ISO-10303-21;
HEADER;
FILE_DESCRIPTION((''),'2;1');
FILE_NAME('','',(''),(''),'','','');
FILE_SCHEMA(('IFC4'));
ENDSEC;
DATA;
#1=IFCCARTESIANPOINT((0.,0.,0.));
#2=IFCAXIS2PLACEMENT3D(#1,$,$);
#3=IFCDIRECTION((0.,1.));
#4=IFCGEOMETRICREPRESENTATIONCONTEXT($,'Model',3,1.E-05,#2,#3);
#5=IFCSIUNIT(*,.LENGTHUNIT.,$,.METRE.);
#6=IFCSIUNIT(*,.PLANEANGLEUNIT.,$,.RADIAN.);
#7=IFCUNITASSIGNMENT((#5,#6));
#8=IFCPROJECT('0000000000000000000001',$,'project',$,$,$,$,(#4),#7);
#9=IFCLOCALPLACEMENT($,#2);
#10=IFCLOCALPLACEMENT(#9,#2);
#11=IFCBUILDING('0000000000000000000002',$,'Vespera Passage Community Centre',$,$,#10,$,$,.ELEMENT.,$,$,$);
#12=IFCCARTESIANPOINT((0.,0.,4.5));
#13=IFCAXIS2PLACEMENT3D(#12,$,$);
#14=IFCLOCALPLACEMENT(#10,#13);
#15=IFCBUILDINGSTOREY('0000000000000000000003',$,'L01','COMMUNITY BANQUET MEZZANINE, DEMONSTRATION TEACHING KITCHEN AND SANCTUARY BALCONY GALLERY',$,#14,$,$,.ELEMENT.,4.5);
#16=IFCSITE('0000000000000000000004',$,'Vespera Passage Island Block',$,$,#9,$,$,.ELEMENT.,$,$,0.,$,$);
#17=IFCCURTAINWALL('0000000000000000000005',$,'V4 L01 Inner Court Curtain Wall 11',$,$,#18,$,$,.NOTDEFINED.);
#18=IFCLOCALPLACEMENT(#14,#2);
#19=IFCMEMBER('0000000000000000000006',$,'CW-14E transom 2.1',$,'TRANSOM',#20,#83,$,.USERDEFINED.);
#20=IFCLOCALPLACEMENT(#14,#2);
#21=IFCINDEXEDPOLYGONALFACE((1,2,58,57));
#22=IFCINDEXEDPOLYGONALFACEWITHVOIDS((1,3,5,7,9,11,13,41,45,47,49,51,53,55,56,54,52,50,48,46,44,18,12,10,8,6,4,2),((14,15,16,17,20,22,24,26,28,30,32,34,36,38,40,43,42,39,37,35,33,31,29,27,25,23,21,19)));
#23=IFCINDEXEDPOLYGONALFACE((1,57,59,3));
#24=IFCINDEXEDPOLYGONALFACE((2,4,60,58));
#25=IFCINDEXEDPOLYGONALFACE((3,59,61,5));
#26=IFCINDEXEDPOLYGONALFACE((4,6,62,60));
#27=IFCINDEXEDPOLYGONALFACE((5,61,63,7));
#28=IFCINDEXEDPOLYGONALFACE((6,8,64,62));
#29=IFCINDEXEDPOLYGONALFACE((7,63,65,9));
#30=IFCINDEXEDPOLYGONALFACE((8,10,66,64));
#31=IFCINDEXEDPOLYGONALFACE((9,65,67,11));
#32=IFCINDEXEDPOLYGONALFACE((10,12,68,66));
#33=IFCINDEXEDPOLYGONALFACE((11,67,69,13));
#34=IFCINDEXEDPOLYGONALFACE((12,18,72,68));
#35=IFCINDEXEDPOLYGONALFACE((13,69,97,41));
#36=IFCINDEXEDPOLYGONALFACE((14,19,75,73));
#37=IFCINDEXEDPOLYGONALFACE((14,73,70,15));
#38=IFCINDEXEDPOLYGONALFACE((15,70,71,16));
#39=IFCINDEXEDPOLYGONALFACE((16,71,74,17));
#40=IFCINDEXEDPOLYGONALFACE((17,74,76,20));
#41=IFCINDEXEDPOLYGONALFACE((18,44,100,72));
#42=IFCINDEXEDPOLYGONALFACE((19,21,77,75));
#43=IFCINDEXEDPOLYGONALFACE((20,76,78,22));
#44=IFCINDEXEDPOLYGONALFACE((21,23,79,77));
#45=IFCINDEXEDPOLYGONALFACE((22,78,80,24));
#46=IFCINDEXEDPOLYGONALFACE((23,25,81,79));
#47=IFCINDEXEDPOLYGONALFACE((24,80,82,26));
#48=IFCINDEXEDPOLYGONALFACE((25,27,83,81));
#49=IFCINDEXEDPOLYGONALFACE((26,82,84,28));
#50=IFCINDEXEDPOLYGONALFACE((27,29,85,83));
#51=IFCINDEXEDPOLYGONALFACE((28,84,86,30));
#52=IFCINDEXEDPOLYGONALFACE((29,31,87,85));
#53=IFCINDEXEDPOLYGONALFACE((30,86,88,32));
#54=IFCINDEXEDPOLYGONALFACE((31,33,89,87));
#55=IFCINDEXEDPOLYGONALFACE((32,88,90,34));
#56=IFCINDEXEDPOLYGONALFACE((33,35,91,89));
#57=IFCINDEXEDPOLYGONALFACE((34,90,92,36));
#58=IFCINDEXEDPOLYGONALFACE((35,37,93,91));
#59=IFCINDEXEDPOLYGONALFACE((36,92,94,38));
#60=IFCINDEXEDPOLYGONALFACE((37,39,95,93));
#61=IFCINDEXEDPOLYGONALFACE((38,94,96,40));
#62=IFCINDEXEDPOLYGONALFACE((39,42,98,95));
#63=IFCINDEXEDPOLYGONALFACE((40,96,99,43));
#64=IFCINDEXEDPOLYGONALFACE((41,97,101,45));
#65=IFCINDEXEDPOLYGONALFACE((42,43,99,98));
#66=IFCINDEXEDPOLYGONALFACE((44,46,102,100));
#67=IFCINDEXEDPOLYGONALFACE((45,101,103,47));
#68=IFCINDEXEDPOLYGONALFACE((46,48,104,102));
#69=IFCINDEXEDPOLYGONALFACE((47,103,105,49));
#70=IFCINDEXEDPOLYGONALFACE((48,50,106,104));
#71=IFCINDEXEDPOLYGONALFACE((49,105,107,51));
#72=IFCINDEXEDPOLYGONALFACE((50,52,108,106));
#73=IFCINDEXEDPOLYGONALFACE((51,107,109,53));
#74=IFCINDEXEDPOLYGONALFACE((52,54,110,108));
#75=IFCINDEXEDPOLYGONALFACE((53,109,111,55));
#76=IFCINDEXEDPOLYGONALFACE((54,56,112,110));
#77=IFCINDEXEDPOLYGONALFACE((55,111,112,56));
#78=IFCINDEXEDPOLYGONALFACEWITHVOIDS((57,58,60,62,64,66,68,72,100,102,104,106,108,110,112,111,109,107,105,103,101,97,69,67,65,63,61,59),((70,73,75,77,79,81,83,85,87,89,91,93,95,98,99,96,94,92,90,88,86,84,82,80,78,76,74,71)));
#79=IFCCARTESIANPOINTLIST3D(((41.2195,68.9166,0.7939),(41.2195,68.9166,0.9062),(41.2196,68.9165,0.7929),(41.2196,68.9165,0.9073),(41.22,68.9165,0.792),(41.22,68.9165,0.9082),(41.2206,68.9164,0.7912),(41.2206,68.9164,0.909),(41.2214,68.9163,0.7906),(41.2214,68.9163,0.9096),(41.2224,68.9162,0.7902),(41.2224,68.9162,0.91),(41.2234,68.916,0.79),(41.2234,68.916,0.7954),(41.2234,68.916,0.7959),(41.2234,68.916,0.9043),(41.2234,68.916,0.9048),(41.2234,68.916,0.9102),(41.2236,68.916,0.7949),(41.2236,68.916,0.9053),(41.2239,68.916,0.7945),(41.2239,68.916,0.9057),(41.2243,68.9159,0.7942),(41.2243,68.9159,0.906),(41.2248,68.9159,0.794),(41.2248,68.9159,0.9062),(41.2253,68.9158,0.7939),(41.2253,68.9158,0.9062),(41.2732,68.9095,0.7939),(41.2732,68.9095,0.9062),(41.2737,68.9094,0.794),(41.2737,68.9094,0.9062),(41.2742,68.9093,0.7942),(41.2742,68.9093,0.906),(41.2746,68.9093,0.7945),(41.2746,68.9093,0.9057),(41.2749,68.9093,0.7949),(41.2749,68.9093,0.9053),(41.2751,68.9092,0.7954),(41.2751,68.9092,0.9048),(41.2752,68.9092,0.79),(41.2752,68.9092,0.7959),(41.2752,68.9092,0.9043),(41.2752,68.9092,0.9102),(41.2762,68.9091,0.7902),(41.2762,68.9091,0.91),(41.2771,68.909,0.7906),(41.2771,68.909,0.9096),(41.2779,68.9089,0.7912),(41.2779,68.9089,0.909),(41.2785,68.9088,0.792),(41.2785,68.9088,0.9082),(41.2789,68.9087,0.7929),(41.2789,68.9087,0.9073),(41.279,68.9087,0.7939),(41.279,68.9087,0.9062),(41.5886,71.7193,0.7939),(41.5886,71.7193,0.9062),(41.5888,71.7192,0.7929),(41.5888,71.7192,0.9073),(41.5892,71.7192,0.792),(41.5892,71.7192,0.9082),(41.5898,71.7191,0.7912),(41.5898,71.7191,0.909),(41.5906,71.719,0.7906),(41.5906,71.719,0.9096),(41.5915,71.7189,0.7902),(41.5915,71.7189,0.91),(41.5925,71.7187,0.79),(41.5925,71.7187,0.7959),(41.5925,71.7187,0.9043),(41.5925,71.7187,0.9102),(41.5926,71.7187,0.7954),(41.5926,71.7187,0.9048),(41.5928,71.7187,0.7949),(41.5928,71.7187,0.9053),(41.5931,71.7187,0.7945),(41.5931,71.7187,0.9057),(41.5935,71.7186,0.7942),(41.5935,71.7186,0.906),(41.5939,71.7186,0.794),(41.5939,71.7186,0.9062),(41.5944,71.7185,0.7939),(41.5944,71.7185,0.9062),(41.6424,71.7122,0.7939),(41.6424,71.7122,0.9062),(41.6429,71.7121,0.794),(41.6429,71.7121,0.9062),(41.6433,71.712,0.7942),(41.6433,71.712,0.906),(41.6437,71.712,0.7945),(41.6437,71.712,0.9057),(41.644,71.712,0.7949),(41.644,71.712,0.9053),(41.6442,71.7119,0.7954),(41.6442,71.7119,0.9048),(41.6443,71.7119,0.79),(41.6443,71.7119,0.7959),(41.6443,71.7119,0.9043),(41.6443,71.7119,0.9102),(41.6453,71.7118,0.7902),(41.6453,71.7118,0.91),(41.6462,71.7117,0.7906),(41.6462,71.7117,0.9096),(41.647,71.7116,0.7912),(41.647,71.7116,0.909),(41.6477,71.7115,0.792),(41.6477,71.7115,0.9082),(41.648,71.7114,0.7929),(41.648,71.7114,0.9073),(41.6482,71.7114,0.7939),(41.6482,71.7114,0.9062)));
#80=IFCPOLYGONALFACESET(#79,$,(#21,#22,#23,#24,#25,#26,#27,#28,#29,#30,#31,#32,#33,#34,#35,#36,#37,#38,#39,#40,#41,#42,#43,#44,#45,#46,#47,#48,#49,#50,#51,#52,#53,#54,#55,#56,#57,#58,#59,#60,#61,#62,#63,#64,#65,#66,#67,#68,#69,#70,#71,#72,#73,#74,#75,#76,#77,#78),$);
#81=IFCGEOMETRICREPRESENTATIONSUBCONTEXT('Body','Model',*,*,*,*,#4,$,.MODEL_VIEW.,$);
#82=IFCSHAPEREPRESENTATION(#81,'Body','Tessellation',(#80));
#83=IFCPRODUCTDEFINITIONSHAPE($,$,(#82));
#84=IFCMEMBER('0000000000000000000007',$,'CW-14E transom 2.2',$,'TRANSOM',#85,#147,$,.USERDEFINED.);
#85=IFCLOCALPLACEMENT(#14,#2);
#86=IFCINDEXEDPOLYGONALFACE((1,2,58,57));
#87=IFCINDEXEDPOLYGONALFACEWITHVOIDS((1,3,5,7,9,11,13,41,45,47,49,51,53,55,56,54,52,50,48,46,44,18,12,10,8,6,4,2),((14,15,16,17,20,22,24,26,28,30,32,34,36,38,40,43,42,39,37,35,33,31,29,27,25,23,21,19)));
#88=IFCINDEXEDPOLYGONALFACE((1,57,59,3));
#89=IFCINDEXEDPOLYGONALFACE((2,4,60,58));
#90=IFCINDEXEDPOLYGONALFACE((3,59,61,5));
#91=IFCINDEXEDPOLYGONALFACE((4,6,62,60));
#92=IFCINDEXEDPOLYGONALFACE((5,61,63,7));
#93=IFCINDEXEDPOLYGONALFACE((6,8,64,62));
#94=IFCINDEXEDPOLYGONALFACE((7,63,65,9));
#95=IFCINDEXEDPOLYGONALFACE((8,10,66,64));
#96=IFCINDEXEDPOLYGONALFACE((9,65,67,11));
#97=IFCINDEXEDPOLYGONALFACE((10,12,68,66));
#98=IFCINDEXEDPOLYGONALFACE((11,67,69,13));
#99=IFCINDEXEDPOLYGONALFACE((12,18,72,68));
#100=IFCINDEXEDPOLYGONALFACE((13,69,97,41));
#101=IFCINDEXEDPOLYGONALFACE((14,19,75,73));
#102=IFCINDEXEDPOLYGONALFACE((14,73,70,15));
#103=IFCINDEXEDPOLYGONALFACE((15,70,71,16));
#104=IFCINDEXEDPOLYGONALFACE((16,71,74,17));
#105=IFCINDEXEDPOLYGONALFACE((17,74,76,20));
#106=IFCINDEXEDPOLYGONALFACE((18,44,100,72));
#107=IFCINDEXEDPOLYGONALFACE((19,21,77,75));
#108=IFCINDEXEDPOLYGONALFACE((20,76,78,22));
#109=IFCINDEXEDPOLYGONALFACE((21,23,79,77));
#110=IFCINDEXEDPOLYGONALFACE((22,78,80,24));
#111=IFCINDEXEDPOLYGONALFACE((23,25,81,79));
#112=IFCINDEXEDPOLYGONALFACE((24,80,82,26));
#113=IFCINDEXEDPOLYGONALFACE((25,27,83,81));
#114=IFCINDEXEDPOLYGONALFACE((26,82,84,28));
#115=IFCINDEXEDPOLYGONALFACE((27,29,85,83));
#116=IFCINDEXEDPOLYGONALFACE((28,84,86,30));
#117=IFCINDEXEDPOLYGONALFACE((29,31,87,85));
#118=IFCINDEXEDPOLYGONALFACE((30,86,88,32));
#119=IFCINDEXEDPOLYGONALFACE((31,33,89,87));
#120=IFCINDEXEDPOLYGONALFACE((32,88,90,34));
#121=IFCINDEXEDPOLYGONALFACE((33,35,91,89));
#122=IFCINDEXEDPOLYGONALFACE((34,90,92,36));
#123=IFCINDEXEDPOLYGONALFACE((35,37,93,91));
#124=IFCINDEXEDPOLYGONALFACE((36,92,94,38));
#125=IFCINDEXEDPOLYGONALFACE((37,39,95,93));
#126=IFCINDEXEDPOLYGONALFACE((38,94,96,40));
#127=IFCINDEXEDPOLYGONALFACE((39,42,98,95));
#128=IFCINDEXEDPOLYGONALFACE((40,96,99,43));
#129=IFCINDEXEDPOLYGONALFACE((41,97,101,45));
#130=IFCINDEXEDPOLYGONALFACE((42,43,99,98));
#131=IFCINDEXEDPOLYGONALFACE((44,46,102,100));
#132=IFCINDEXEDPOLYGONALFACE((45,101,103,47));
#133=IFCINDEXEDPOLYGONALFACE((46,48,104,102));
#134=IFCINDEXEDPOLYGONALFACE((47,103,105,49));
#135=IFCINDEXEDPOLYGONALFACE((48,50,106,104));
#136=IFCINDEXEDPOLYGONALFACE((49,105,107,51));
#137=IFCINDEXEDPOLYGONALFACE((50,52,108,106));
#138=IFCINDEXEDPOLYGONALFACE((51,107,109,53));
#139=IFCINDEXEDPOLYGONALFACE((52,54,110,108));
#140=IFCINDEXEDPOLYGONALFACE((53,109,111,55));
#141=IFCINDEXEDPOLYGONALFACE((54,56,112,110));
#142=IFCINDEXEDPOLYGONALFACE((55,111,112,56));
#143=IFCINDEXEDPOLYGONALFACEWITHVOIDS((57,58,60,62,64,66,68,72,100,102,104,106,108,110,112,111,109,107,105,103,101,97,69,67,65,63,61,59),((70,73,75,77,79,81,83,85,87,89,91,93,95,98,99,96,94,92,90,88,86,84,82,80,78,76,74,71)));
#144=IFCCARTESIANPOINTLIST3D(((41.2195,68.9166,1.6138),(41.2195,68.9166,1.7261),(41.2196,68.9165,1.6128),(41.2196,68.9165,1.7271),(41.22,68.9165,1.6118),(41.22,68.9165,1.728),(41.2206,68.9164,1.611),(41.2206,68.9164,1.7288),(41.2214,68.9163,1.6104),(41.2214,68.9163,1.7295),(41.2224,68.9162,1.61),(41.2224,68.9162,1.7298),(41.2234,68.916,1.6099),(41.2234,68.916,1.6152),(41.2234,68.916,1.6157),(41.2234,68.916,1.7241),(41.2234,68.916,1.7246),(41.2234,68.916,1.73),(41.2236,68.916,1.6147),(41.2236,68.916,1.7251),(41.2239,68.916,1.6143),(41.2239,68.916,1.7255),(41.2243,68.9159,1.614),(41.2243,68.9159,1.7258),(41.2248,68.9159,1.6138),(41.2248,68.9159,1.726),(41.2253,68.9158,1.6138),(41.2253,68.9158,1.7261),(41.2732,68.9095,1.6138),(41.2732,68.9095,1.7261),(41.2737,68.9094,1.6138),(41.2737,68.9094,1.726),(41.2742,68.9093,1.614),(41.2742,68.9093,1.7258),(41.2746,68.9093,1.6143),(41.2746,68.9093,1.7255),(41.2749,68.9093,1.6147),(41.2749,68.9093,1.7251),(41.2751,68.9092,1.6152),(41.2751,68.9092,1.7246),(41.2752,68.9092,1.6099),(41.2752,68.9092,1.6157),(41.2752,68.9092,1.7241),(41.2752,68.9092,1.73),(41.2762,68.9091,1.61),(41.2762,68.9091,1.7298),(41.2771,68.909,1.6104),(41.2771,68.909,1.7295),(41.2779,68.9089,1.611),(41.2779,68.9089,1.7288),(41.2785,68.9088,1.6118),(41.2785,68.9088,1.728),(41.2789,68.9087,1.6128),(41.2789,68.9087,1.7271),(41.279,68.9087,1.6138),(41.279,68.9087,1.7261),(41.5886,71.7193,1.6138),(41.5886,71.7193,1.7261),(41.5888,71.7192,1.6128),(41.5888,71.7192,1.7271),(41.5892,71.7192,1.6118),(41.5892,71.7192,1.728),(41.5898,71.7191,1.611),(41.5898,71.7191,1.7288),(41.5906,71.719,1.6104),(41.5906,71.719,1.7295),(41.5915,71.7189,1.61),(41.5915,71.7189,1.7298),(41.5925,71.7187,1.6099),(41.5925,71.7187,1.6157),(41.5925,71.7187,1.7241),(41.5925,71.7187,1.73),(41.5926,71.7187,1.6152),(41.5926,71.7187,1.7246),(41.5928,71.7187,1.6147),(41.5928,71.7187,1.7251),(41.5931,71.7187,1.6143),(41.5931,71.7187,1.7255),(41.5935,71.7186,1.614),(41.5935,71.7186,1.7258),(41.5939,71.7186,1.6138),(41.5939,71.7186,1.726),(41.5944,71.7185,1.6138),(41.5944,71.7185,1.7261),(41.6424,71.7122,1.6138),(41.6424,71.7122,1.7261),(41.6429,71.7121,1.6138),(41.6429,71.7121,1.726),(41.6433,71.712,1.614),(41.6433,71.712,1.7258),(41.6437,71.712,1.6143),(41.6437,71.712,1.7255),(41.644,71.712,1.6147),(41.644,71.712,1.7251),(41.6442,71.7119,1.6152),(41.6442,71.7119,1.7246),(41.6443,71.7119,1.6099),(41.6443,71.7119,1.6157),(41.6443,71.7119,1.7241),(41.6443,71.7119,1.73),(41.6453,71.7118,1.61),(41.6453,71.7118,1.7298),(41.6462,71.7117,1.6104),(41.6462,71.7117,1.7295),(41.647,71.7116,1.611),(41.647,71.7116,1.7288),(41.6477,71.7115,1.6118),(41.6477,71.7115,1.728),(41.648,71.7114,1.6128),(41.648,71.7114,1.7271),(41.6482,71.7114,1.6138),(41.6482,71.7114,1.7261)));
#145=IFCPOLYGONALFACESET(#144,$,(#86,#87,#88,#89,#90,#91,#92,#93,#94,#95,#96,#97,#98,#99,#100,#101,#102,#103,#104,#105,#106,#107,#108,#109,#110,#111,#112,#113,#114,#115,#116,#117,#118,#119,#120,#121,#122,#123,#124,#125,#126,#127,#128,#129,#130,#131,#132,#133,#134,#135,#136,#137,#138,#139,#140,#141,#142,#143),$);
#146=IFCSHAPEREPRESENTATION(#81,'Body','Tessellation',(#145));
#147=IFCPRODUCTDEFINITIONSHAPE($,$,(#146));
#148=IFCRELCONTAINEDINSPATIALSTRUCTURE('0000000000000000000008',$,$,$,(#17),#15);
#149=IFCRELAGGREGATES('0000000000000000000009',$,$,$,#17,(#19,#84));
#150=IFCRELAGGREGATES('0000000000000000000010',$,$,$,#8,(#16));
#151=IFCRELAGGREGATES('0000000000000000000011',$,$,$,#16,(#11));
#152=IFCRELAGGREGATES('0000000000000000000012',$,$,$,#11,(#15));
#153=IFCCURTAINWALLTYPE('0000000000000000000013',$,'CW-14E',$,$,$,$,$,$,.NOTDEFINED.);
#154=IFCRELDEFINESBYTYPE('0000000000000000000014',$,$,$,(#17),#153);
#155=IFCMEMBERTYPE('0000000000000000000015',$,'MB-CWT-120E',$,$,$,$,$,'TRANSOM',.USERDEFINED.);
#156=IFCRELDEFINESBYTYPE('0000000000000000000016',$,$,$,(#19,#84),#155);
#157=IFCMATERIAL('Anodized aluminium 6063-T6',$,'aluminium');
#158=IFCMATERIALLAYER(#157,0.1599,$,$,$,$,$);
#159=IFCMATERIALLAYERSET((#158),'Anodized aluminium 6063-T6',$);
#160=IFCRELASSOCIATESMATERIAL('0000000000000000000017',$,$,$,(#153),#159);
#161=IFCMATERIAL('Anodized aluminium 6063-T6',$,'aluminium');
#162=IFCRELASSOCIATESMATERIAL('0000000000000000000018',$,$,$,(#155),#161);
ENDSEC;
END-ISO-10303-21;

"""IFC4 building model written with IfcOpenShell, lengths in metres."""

from ifc_helpers import new_model, si_unit, direction, frame, origin, origin_2d, place, context, subcontext, project, spatial, hollow_rectangle, extrude, material, layer, layer_set, material_profile, profile_set, type_object, element, aggregate, save


model = new_model("IFC4")

# Units and contexts
model_context = context("Model", 3, precision=1e-05, world=origin(), true_north=direction((0.0, 1.0)))
body_context = subcontext(model_context, "Body", "Model", "MODEL_VIEW")
ifc_project = project(units=[si_unit("LENGTHUNIT", "METRE"), si_unit("PLANEANGLEUNIT", "RADIAN")], contexts=[model_context])

# Site, building, storey
site_placement = place(None, origin())
site = spatial("IfcSite", under=ifc_project, at=site_placement, Name="Vespera Passage Island Block", CompositionType="ELEMENT", RefElevation=0.0)
building_placement = place(site_placement, origin())
building = spatial("IfcBuilding", under=site, at=building_placement, Name="Vespera Passage Community Centre", CompositionType="ELEMENT")
storey_placement = place(building_placement, frame((0.0, 0.0, 4.5)))
storey = spatial("IfcBuildingStorey", under=building, at=storey_placement, Name="L01", Description="COMMUNITY BANQUET MEZZANINE, DEMONSTRATION TEACHING KITCHEN AND SANCTUARY BALCONY GALLERY", CompositionType="ELEMENT", Elevation=4.5)

# Curtain wall
ifc_material_1 = material(Name="Anodized aluminium 6063-T6", Category="aluminium")
ifc_layer_1 = layer(ifc_material_1, 0.1599)
ifc_layer_set_1 = layer_set([ifc_layer_1], Name="Anodized aluminium 6063-T6")
curtain_wall_type_1 = type_object("IfcCurtainWallType", Name="CW-14E", PredefinedType="NOTDEFINED", material=ifc_layer_set_1)
curtain_wall_1_placement = place(storey_placement, origin())
curtain_wall_1 = element("IfcCurtainWall", 1, at=curtain_wall_1_placement, inside=storey, type_object=curtain_wall_type_1, Name="V4 L01 Inner Court Curtain Wall 11", PredefinedType="NOTDEFINED")

# Members
ifc_material_2 = material(Name="Anodized aluminium 6063-T6", Category="aluminium")
ifc_material_profile_1 = material_profile(ifc_material_2, hollow_rectangle(XDim=0.0601, YDim=0.1201, WallThickness=0.0039, InnerFilletRadius=0.002, OuterFilletRadius=0.0039, at=origin_2d()), Name="ALU120X60X4")
ifc_profile_set_1 = profile_set([ifc_material_profile_1], Name="Anodized aluminium 6063-T6")
member_type_1 = type_object("IfcMemberType", Name="MB-CWT-120E", ElementType="TRANSOM", PredefinedType="USERDEFINED", material=ifc_profile_set_1)
member_1_placement = place(storey_placement, frame((41.6184, 71.7153, 0.8501), z_axis=(-0.13058, -0.991438, 0.0), x_axis=(0.991438, -0.13058, 0.0)))
member_1 = element("IfcMember", 2, at=member_1_placement, type_object=member_type_1, Name="CW-14E transom 2.1", ObjectType="TRANSOM", PredefinedType="USERDEFINED", context=body_context, shape_type="SweptSolid", body=[
    extrude(hollow_rectangle(XDim=0.0601, YDim=0.1201, WallThickness=0.0039, InnerFilletRadius=0.002, OuterFilletRadius=0.0039, at=origin_2d()), origin(), (0.0, 0.0, 1.0), 2.8269),
])
member_2_placement = place(storey_placement, frame((41.6184, 71.7153, 1.6699), z_axis=(-0.13058, -0.991438, 0.0), x_axis=(0.991438, -0.13058, 0.0)))
member_2 = element("IfcMember", 3, at=member_2_placement, type_object=member_type_1, Name="CW-14E transom 2.2", ObjectType="TRANSOM", PredefinedType="USERDEFINED", context=body_context, shape_type="SweptSolid", body=[
    extrude(hollow_rectangle(XDim=0.0601, YDim=0.1201, WallThickness=0.0039, InnerFilletRadius=0.002, OuterFilletRadius=0.0039, at=origin_2d()), origin(), (0.0, 0.0, 1.0), 2.8269),
])

aggregate(curtain_wall_1, [member_1, member_2])

save(model, "model.ifc")
